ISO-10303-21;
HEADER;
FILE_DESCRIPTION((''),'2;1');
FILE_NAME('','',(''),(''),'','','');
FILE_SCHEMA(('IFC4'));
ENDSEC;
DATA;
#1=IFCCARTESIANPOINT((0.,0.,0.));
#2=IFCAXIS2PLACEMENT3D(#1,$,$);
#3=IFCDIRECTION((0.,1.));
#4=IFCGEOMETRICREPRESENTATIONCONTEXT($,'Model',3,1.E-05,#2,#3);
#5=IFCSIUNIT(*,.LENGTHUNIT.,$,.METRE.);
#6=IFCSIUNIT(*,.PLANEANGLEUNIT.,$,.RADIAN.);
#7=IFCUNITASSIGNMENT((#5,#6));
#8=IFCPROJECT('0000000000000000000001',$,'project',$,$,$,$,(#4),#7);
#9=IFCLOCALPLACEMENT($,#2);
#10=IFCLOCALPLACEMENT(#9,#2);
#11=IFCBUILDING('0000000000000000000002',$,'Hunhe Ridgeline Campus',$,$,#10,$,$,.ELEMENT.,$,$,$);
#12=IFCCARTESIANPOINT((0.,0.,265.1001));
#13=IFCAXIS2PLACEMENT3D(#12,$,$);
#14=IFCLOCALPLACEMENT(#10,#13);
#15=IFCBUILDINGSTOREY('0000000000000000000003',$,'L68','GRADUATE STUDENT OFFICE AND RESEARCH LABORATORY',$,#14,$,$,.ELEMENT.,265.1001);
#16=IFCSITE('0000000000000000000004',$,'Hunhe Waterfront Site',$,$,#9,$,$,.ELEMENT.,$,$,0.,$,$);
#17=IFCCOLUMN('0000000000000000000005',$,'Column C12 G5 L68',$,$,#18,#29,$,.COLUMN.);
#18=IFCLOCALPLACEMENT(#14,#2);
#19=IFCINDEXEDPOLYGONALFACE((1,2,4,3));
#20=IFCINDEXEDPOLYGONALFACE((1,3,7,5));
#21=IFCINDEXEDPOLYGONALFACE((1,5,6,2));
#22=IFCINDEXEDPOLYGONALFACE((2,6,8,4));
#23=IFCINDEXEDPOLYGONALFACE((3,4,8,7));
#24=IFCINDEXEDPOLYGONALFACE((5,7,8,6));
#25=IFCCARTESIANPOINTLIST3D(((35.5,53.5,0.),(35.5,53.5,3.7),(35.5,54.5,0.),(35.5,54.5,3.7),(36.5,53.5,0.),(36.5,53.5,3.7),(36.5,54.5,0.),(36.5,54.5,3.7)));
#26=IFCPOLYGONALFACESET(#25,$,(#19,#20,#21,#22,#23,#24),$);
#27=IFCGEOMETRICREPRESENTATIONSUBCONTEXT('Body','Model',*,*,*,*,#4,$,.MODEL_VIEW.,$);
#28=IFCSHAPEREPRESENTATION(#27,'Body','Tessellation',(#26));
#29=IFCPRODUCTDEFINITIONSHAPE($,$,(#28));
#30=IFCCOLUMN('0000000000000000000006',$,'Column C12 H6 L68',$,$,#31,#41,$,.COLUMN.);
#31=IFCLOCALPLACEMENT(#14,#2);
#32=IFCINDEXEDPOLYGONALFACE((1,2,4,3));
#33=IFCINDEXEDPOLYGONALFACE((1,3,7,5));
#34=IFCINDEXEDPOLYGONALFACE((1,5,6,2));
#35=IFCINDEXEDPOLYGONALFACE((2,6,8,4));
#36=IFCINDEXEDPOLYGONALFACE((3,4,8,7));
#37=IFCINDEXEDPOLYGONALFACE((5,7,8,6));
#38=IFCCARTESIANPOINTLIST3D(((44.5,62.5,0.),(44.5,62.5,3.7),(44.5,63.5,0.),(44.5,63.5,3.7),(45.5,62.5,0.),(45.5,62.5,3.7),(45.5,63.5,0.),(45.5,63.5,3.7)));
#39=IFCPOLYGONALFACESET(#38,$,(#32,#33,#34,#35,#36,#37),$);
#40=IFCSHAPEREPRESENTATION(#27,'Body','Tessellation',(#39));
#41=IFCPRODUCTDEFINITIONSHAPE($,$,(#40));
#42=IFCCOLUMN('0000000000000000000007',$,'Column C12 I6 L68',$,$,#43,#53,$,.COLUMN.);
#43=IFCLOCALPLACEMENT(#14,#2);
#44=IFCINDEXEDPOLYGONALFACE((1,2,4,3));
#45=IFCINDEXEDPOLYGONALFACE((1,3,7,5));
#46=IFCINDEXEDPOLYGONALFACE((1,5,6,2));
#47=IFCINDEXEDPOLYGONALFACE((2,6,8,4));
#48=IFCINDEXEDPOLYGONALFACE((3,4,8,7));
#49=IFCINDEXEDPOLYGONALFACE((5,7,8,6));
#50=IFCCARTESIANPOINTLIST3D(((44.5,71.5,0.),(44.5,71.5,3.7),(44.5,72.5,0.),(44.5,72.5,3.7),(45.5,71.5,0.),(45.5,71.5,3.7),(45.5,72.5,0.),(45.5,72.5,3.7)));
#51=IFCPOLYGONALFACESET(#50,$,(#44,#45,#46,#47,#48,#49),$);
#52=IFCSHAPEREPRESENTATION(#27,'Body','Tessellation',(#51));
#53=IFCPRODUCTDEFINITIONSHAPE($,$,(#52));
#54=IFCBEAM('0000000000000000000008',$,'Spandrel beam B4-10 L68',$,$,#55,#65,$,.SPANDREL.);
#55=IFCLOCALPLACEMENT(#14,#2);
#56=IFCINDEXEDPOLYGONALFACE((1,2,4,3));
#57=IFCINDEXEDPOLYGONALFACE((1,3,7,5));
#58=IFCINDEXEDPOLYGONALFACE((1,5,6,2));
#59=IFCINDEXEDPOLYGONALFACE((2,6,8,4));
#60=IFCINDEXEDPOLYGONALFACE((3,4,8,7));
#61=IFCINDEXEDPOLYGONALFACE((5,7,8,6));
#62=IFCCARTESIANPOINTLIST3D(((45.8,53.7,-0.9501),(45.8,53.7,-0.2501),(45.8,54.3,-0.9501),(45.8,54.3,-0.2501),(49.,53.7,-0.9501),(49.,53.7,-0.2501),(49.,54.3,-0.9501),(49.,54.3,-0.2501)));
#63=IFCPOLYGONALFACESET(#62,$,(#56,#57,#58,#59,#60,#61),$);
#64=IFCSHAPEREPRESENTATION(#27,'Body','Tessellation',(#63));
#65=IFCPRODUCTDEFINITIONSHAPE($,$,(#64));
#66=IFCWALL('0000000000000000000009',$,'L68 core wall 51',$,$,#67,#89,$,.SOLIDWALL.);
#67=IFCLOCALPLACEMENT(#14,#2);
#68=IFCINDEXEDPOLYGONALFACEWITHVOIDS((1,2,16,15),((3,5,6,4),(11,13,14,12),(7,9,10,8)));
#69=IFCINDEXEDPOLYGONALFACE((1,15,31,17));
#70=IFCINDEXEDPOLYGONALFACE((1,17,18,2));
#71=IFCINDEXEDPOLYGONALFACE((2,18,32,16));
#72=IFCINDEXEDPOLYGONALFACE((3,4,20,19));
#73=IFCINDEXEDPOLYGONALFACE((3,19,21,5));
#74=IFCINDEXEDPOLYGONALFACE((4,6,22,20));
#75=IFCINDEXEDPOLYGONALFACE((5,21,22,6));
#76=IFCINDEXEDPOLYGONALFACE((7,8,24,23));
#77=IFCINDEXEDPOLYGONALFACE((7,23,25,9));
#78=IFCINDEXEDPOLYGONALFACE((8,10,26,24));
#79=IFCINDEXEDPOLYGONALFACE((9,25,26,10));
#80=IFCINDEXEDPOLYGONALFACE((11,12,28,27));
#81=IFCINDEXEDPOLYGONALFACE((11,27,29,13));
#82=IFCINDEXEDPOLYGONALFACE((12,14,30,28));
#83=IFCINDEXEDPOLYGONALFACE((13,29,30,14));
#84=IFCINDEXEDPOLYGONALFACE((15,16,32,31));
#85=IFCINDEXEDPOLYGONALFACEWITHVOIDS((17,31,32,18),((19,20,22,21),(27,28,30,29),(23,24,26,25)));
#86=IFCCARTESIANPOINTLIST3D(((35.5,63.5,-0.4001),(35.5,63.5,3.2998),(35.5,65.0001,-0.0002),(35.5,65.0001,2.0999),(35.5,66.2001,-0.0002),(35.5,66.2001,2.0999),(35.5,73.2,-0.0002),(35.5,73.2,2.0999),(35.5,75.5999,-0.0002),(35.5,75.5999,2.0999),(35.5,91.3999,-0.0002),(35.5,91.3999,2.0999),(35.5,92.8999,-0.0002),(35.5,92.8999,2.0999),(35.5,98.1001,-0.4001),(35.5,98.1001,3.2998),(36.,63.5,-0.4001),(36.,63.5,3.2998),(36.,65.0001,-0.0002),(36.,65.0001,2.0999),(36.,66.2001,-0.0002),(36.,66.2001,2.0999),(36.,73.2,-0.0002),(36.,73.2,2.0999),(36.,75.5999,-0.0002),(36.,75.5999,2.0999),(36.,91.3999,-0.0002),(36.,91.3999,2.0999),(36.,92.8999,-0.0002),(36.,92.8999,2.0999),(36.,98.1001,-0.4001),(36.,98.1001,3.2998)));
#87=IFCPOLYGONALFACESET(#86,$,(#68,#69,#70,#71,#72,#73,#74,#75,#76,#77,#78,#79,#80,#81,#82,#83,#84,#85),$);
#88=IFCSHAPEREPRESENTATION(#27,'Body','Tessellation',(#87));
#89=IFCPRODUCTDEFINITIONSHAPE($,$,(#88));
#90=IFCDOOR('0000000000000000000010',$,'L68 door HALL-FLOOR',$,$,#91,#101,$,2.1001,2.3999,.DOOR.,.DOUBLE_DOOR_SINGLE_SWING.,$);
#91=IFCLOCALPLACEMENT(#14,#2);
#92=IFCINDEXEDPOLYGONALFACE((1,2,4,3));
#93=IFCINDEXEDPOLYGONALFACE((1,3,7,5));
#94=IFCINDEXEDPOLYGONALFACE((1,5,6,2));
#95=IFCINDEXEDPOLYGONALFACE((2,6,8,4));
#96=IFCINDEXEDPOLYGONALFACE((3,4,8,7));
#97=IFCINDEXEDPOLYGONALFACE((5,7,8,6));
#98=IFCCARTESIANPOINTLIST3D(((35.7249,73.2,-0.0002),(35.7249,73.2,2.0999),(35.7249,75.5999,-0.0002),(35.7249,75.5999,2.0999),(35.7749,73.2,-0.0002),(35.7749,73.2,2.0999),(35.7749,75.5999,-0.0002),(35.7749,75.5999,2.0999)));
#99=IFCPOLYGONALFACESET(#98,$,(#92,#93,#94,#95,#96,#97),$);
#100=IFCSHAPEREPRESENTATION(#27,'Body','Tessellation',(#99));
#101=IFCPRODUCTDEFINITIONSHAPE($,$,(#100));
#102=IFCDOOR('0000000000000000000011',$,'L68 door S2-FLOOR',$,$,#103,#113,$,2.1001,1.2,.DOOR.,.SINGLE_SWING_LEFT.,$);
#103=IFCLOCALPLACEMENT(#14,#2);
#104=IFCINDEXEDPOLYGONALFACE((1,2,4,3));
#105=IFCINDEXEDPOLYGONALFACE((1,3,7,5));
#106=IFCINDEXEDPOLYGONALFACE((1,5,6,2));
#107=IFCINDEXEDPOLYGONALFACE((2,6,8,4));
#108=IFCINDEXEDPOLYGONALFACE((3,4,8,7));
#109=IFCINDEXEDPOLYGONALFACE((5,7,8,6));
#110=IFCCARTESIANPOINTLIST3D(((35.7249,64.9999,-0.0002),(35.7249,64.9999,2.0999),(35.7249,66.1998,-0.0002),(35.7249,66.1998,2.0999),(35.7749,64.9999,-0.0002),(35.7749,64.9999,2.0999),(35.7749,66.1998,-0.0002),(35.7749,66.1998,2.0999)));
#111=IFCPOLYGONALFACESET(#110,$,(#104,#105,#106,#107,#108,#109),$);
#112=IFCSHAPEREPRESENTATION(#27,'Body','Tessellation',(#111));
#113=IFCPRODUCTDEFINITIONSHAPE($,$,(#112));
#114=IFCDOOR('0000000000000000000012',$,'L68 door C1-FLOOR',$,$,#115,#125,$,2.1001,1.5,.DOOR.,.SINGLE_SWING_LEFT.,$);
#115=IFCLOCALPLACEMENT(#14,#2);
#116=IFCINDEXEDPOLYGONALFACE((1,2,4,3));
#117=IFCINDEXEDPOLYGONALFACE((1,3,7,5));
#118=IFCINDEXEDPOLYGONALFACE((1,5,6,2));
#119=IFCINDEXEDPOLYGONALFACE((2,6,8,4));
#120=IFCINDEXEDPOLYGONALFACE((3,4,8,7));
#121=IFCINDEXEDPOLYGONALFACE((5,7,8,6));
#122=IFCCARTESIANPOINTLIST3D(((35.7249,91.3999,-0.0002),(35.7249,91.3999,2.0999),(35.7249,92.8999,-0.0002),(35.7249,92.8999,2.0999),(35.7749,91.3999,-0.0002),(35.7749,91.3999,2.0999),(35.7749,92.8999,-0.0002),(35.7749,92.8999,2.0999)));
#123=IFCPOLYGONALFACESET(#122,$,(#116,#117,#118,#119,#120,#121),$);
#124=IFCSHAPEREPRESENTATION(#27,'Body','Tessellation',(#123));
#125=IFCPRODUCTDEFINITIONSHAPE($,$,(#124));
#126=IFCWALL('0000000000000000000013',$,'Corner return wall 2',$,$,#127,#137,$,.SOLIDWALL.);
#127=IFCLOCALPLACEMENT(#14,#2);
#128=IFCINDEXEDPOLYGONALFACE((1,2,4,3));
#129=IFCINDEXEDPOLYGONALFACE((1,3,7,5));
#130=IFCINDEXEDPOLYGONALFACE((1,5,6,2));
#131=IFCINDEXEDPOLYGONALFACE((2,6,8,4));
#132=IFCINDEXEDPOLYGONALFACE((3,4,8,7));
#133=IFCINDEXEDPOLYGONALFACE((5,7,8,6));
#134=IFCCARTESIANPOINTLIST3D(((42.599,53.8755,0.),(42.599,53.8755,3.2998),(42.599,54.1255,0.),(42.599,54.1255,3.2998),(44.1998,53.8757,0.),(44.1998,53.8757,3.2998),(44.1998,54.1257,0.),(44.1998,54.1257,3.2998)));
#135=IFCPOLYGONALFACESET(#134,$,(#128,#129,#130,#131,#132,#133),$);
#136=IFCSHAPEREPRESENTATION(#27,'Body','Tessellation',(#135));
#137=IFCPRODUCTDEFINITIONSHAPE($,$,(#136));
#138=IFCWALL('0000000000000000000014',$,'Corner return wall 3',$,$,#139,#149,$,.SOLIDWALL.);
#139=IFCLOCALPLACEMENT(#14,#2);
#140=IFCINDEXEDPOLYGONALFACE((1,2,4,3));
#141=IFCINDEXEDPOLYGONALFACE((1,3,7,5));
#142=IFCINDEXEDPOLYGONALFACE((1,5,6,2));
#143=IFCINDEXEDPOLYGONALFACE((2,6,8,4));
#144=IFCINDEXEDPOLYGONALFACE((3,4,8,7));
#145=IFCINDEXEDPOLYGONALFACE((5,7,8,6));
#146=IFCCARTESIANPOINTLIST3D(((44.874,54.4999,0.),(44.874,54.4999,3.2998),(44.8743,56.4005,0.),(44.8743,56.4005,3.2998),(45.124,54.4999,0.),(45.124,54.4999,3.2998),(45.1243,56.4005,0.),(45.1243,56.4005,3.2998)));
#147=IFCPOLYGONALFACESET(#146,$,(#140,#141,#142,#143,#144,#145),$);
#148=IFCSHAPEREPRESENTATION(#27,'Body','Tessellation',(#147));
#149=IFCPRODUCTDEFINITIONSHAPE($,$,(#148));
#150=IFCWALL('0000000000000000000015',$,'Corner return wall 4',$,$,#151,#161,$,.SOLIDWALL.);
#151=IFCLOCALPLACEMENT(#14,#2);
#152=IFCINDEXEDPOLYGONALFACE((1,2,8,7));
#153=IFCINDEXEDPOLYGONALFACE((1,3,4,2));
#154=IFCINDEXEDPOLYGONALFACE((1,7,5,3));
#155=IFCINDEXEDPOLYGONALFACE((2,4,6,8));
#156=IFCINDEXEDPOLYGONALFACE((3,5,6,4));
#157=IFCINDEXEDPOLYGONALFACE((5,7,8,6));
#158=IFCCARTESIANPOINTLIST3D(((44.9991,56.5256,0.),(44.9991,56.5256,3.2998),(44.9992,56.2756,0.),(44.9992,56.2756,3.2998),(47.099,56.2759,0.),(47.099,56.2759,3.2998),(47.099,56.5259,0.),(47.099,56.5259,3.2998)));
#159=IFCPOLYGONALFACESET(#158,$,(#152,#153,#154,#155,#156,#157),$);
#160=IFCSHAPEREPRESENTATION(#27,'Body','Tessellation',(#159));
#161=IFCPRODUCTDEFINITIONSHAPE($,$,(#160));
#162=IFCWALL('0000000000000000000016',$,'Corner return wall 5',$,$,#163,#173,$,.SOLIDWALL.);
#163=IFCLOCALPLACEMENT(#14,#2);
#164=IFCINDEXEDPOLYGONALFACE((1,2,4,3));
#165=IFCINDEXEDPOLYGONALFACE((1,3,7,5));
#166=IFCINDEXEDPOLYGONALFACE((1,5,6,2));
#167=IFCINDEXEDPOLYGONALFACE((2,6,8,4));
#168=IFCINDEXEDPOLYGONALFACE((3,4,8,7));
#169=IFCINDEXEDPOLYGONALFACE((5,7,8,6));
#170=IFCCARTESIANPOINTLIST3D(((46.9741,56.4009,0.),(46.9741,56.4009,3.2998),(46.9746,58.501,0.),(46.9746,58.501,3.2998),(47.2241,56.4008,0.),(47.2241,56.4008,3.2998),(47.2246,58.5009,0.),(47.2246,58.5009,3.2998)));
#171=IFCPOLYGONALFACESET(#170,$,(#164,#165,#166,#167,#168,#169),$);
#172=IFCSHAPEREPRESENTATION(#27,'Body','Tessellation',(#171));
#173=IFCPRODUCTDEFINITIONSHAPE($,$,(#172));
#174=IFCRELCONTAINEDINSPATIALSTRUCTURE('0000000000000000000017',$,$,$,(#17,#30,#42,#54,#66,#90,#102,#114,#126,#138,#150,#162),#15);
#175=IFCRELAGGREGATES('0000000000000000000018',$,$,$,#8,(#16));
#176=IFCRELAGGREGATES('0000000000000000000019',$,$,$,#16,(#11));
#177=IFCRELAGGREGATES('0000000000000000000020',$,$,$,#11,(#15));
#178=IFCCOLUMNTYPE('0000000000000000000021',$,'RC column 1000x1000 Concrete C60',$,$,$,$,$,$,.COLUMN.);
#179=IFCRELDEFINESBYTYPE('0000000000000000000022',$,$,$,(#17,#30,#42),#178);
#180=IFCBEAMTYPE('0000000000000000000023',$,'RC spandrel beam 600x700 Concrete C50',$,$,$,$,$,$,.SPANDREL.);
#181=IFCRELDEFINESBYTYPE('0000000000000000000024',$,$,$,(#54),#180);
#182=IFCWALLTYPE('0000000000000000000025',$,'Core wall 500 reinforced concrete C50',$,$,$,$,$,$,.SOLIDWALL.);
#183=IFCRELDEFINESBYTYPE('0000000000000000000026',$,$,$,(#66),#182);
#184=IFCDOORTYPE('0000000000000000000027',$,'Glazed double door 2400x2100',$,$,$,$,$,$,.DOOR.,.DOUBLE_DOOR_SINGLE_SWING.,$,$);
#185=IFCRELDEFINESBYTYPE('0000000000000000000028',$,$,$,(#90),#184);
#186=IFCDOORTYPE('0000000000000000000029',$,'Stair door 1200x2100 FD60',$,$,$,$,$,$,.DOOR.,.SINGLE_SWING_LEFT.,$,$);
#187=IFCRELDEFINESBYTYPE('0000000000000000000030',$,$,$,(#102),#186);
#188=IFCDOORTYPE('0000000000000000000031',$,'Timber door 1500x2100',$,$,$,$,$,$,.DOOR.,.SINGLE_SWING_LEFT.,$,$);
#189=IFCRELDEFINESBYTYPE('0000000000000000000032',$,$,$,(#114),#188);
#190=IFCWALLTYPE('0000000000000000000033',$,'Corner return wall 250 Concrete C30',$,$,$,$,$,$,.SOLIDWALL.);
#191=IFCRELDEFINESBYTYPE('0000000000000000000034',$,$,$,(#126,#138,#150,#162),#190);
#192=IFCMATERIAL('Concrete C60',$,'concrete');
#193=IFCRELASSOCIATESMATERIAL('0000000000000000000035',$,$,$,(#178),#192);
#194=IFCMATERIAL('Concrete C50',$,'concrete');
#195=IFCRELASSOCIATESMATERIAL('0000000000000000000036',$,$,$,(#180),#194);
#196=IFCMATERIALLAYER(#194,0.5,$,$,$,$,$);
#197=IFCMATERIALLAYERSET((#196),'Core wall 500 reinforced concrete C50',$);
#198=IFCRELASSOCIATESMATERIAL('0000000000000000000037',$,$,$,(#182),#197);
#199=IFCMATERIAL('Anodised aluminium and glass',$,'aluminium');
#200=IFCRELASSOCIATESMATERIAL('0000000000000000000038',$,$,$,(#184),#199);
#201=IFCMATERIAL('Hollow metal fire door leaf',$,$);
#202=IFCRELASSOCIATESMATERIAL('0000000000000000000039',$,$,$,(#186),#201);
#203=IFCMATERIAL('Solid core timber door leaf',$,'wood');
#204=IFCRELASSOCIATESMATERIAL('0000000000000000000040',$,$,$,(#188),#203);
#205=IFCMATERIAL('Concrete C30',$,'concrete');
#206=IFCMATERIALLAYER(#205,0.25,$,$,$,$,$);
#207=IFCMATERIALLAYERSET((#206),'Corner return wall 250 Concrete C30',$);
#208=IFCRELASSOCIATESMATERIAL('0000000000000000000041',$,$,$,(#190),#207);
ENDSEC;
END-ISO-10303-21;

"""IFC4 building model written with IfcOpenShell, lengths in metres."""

from ifc_helpers import new_model, si_unit, direction, frame, frame_2d, origin, origin_2d, place, context, subcontext, project, spatial, rectangle, extrude, material, layer, layer_set, material_profile, profile_set, type_object, element, fill, save


model = new_model("IFC4")

# Units and contexts
model_context = context("Model", 3, precision=1e-05, world=origin(), true_north=direction((0.0, 1.0)))
body_context = subcontext(model_context, "Body", "Model", "MODEL_VIEW")
ifc_project = project(units=[si_unit("LENGTHUNIT", "METRE"), si_unit("PLANEANGLEUNIT", "RADIAN")], contexts=[model_context])

# Site, building, storey
site_placement = place(None, origin())
site = spatial("IfcSite", under=ifc_project, at=site_placement, Name="Hunhe Waterfront Site", CompositionType="ELEMENT", RefElevation=0.0)
building_placement = place(site_placement, origin())
building = spatial("IfcBuilding", under=site, at=building_placement, Name="Hunhe Ridgeline Campus", CompositionType="ELEMENT")
storey_placement = place(building_placement, frame((0.0, 0.0, 265.1001)))
storey = spatial("IfcBuildingStorey", under=building, at=storey_placement, Name="L68", Description="GRADUATE STUDENT OFFICE AND RESEARCH LABORATORY", CompositionType="ELEMENT", Elevation=265.1001)

# Columns
ifc_material_1 = material(Name="Concrete C60", Category="concrete")
ifc_material_profile_1 = material_profile(ifc_material_1, rectangle(XDim=1.0, YDim=1.0, at=origin_2d()))
ifc_profile_set_1 = profile_set([ifc_material_profile_1], Name="Concrete C60")
column_type = type_object("IfcColumnType", Name="RC column 1000x1000 Concrete C60", PredefinedType="COLUMN", material=ifc_profile_set_1)
for number, where, z_axis, x_axis, name in (
    (1, (36.0, 54.0, 0.0), (0.0, 0.0, 1.0), (1.0, 0.0, 0.0), "Column C12 G5 L68"),
    (2, (45.0, 63.0, 0.0), (0.0, 0.0, 1.0), (1.0, 0.0, 0.0), "Column C12 H6 L68"),
    (3, (45.0, 72.0, 0.0), (0.0, 0.0, 1.0), (1.0, 0.0, 0.0), "Column C12 I6 L68"),
):
    element("IfcColumn", number, at=place(storey_placement, frame(where, z_axis=z_axis, x_axis=x_axis)), inside=storey, type_object=column_type, Name=name, PredefinedType="COLUMN", context=body_context, shape_type="SweptSolid", body=[
        extrude(rectangle(XDim=1.0, YDim=1.0, at=origin_2d()), origin(), (0.0, 0.0, 1.0), 3.7),
    ])

# Beam
ifc_material_2 = material(Name="Concrete C50", Category="concrete")
ifc_material_profile_2 = material_profile(ifc_material_2, rectangle(XDim=0.6001, YDim=0.7, at=origin_2d()))
ifc_profile_set_2 = profile_set([ifc_material_profile_2], Name="Concrete C50")
beam_type = type_object("IfcBeamType", Name="RC spandrel beam 600x700 Concrete C50", PredefinedType="SPANDREL", material=ifc_profile_set_2)
beam_placement = place(storey_placement, frame((45.8, 54.0, -0.6001), z_axis=(1.0, 0.0, 0.0), x_axis=(0.0, 1.0, 0.0)))
element("IfcBeam", 4, at=beam_placement, inside=storey, type_object=beam_type, Name="Spandrel beam B4-10 L68", PredefinedType="SPANDREL", context=body_context, shape_type="SweptSolid", body=[
    extrude(rectangle(XDim=0.6001, YDim=0.7, at=origin_2d()), origin(), (0.0, 0.0, 1.0), 3.2),
])

# Wall, openings, doors
ifc_layer_1 = layer(ifc_material_2, 0.5)
ifc_layer_set_1 = layer_set([ifc_layer_1], Name="Core wall 500 reinforced concrete C50")
wall_type_1 = type_object("IfcWallType", Name="Core wall 500 reinforced concrete C50", PredefinedType="SOLIDWALL", material=ifc_layer_set_1)
wall_1_placement = place(storey_placement, frame((35.75, 63.5, -0.4001), z_axis=(0.0, 0.0, 1.0), x_axis=(0.0, 1.0, 0.0)))
wall_1 = element("IfcWall", 5, at=wall_1_placement, inside=storey, type_object=wall_type_1, Name="L68 core wall 51", PredefinedType="SOLIDWALL", context=body_context, shape_type="SweptSolid", body=[
    extrude(rectangle(XDim=34.6001, YDim=0.5, at=frame_2d((17.3, 0.0))), origin(), (0.0, 0.0, 1.0), 3.7),
])
opening_1_placement = place(wall_1_placement, frame((9.7, 0.0, 0.3999)))
opening_1 = element("IfcOpeningElement", 6, at=opening_1_placement, cuts=wall_1, PredefinedType="OPENING", context=body_context, shape_type="SweptSolid", body=[
    extrude(rectangle(XDim=2.3999, YDim=2.1001, at=frame_2d((1.2, 1.05))), frame((0.0, 0.25, 0.0), z_axis=(0.0, -1.0, 0.0), x_axis=(1.0, 0.0, 0.0)), (0.0, 0.0, 1.0), 0.5),
])
opening_2_placement = place(wall_1_placement, frame((27.8999, 0.0, 0.3999)))
opening_2 = element("IfcOpeningElement", 7, at=opening_2_placement, cuts=wall_1, PredefinedType="OPENING", context=body_context, shape_type="SweptSolid", body=[
    extrude(rectangle(XDim=1.5, YDim=2.1001, at=frame_2d((0.75, 1.05))), frame((0.0, 0.25, 0.0), z_axis=(0.0, -1.0, 0.0), x_axis=(1.0, 0.0, 0.0)), (0.0, 0.0, 1.0), 0.5),
])
opening_3_placement = place(wall_1_placement, frame((1.5, 0.0, 0.3999)))
opening_3 = element("IfcOpeningElement", 8, at=opening_3_placement, cuts=wall_1, PredefinedType="OPENING", context=body_context, shape_type="SweptSolid", body=[
    extrude(rectangle(XDim=1.2, YDim=2.1001, at=frame_2d((0.6001, 1.05))), frame((0.0, 0.25, 0.0), z_axis=(0.0, -1.0, 0.0), x_axis=(1.0, 0.0, 0.0)), (0.0, 0.0, 1.0), 0.5),
])
ifc_material_3 = material(Name="Anodised aluminium and glass", Category="aluminium")
door_type_1 = type_object("IfcDoorType", Name="Glazed double door 2400x2100", OperationType="DOUBLE_DOOR_SINGLE_SWING", PredefinedType="DOOR", material=ifc_material_3)
door_1_placement = place(opening_1_placement, frame((2.3999, 0.0, 0.0), z_axis=(0.0, 0.0, 1.0), x_axis=(-1.0, 0.0, 0.0)))
door_1 = element("IfcDoor", 9, at=door_1_placement, inside=storey, type_object=door_type_1, Name="L68 door HALL-FLOOR", OperationType="DOUBLE_DOOR_SINGLE_SWING", OverallHeight=2.1001, OverallWidth=2.3999, PredefinedType="DOOR", context=body_context, shape_type="SweptSolid", body=[
    extrude(rectangle(XDim=2.3999, YDim=2.1001, at=frame_2d((1.2, 1.05))), frame((0.0, 0.0249, 0.0), z_axis=(0.0, -1.0, 0.0), x_axis=(1.0, 0.0, 0.0)), (0.0, 0.0, 1.0), 0.05),
])
fill(opening_1, door_1)
ifc_material_4 = material(Name="Hollow metal fire door leaf")
door_type_2 = type_object("IfcDoorType", Name="Stair door 1200x2100 FD60", OperationType="SINGLE_SWING_LEFT", PredefinedType="DOOR", material=ifc_material_4)
door_2_placement = place(opening_3_placement, frame((1.2, 0.0, 0.0), z_axis=(0.0, 0.0, 1.0), x_axis=(-1.0, 0.0, 0.0)))
door_2 = element("IfcDoor", 10, at=door_2_placement, inside=storey, type_object=door_type_2, Name="L68 door S2-FLOOR", OperationType="SINGLE_SWING_LEFT", OverallHeight=2.1001, OverallWidth=1.2, PredefinedType="DOOR", context=body_context, shape_type="SweptSolid", body=[
    extrude(rectangle(XDim=1.2, YDim=2.1001, at=frame_2d((0.6001, 1.05))), frame((0.0, 0.0249, 0.0), z_axis=(0.0, -1.0, 0.0), x_axis=(1.0, 0.0, 0.0)), (0.0, 0.0, 1.0), 0.05),
])
fill(opening_3, door_2)
ifc_material_5 = material(Name="Solid core timber door leaf", Category="wood")
door_type_3 = type_object("IfcDoorType", Name="Timber door 1500x2100", OperationType="SINGLE_SWING_LEFT", PredefinedType="DOOR", material=ifc_material_5)
door_3_placement = place(opening_2_placement, frame((1.5, 0.0, 0.0), z_axis=(0.0, 0.0, 1.0), x_axis=(-1.0, 0.0, 0.0)))
door_3 = element("IfcDoor", 11, at=door_3_placement, inside=storey, type_object=door_type_3, Name="L68 door C1-FLOOR", OperationType="SINGLE_SWING_LEFT", OverallHeight=2.1001, OverallWidth=1.5, PredefinedType="DOOR", context=body_context, shape_type="SweptSolid", body=[
    extrude(rectangle(XDim=1.5, YDim=2.1001, at=frame_2d((0.75, 1.05))), frame((0.0, 0.0249, 0.0), z_axis=(0.0, -1.0, 0.0), x_axis=(1.0, 0.0, 0.0)), (0.0, 0.0, 1.0), 0.05),
])
fill(opening_2, door_3)

# Walls
ifc_material_6 = material(Name="Concrete C30", Category="concrete")
ifc_layer_2 = layer(ifc_material_6, 0.25)
ifc_layer_set_2 = layer_set([ifc_layer_2], Name="Corner return wall 250 Concrete C30")
wall_type_2 = type_object("IfcWallType", Name="Corner return wall 250 Concrete C30", PredefinedType="SOLIDWALL", material=ifc_layer_set_2)
wall_2_placement = place(storey_placement, frame((42.5991, 54.0005, 0.0), z_axis=(0.0, 0.0, 1.0), x_axis=(1.0, 0.000153, 0.0)))
element("IfcWall", 12, at=wall_2_placement, inside=storey, type_object=wall_type_2, Name="Corner return wall 2", PredefinedType="SOLIDWALL", context=body_context, shape_type="SweptSolid", body=[
    extrude(rectangle(XDim=1.6008, YDim=0.25, at=frame_2d((0.8003, 0.0))), origin(), (0.0, 0.0, 1.0), 3.2998),
])
wall_3_placement = place(storey_placement, frame((44.999, 54.5, 0.0), z_axis=(0.0, 0.0, 1.0), x_axis=(0.000128, 1.0, 0.0)))
element("IfcWall", 13, at=wall_3_placement, inside=storey, type_object=wall_type_2, Name="Corner return wall 3", PredefinedType="SOLIDWALL", context=body_context, shape_type="SweptSolid", body=[
    extrude(rectangle(XDim=1.9006, YDim=0.25, at=frame_2d((0.9502, 0.0))), origin(), (0.0, 0.0, 1.0), 3.2998),
])
wall_4_placement = place(storey_placement, frame((44.9993, 56.4006, 0.0), z_axis=(0.0, 0.0, 1.0), x_axis=(1.0, 0.000116, 0.0)))
element("IfcWall", 14, at=wall_4_placement, inside=storey, type_object=wall_type_2, Name="Corner return wall 4", PredefinedType="SOLIDWALL", context=body_context, shape_type="SweptSolid", body=[
    extrude(rectangle(XDim=2.0999, YDim=0.25, at=frame_2d((1.0498, 0.0))), origin(), (0.0, 0.0, 1.0), 3.2998),
])
wall_5_placement = place(storey_placement, frame((47.0991, 56.4009, 0.0), z_axis=(0.0, 0.0, 1.0), x_axis=(0.000233, 1.0, 0.0)))
element("IfcWall", 15, at=wall_5_placement, inside=storey, type_object=wall_type_2, Name="Corner return wall 5", PredefinedType="SOLIDWALL", context=body_context, shape_type="SweptSolid", body=[
    extrude(rectangle(XDim=2.1001, YDim=0.25, at=frame_2d((1.05, 0.0))), origin(), (0.0, 0.0, 1.0), 3.2998),
])

save(model, "model.ifc")
